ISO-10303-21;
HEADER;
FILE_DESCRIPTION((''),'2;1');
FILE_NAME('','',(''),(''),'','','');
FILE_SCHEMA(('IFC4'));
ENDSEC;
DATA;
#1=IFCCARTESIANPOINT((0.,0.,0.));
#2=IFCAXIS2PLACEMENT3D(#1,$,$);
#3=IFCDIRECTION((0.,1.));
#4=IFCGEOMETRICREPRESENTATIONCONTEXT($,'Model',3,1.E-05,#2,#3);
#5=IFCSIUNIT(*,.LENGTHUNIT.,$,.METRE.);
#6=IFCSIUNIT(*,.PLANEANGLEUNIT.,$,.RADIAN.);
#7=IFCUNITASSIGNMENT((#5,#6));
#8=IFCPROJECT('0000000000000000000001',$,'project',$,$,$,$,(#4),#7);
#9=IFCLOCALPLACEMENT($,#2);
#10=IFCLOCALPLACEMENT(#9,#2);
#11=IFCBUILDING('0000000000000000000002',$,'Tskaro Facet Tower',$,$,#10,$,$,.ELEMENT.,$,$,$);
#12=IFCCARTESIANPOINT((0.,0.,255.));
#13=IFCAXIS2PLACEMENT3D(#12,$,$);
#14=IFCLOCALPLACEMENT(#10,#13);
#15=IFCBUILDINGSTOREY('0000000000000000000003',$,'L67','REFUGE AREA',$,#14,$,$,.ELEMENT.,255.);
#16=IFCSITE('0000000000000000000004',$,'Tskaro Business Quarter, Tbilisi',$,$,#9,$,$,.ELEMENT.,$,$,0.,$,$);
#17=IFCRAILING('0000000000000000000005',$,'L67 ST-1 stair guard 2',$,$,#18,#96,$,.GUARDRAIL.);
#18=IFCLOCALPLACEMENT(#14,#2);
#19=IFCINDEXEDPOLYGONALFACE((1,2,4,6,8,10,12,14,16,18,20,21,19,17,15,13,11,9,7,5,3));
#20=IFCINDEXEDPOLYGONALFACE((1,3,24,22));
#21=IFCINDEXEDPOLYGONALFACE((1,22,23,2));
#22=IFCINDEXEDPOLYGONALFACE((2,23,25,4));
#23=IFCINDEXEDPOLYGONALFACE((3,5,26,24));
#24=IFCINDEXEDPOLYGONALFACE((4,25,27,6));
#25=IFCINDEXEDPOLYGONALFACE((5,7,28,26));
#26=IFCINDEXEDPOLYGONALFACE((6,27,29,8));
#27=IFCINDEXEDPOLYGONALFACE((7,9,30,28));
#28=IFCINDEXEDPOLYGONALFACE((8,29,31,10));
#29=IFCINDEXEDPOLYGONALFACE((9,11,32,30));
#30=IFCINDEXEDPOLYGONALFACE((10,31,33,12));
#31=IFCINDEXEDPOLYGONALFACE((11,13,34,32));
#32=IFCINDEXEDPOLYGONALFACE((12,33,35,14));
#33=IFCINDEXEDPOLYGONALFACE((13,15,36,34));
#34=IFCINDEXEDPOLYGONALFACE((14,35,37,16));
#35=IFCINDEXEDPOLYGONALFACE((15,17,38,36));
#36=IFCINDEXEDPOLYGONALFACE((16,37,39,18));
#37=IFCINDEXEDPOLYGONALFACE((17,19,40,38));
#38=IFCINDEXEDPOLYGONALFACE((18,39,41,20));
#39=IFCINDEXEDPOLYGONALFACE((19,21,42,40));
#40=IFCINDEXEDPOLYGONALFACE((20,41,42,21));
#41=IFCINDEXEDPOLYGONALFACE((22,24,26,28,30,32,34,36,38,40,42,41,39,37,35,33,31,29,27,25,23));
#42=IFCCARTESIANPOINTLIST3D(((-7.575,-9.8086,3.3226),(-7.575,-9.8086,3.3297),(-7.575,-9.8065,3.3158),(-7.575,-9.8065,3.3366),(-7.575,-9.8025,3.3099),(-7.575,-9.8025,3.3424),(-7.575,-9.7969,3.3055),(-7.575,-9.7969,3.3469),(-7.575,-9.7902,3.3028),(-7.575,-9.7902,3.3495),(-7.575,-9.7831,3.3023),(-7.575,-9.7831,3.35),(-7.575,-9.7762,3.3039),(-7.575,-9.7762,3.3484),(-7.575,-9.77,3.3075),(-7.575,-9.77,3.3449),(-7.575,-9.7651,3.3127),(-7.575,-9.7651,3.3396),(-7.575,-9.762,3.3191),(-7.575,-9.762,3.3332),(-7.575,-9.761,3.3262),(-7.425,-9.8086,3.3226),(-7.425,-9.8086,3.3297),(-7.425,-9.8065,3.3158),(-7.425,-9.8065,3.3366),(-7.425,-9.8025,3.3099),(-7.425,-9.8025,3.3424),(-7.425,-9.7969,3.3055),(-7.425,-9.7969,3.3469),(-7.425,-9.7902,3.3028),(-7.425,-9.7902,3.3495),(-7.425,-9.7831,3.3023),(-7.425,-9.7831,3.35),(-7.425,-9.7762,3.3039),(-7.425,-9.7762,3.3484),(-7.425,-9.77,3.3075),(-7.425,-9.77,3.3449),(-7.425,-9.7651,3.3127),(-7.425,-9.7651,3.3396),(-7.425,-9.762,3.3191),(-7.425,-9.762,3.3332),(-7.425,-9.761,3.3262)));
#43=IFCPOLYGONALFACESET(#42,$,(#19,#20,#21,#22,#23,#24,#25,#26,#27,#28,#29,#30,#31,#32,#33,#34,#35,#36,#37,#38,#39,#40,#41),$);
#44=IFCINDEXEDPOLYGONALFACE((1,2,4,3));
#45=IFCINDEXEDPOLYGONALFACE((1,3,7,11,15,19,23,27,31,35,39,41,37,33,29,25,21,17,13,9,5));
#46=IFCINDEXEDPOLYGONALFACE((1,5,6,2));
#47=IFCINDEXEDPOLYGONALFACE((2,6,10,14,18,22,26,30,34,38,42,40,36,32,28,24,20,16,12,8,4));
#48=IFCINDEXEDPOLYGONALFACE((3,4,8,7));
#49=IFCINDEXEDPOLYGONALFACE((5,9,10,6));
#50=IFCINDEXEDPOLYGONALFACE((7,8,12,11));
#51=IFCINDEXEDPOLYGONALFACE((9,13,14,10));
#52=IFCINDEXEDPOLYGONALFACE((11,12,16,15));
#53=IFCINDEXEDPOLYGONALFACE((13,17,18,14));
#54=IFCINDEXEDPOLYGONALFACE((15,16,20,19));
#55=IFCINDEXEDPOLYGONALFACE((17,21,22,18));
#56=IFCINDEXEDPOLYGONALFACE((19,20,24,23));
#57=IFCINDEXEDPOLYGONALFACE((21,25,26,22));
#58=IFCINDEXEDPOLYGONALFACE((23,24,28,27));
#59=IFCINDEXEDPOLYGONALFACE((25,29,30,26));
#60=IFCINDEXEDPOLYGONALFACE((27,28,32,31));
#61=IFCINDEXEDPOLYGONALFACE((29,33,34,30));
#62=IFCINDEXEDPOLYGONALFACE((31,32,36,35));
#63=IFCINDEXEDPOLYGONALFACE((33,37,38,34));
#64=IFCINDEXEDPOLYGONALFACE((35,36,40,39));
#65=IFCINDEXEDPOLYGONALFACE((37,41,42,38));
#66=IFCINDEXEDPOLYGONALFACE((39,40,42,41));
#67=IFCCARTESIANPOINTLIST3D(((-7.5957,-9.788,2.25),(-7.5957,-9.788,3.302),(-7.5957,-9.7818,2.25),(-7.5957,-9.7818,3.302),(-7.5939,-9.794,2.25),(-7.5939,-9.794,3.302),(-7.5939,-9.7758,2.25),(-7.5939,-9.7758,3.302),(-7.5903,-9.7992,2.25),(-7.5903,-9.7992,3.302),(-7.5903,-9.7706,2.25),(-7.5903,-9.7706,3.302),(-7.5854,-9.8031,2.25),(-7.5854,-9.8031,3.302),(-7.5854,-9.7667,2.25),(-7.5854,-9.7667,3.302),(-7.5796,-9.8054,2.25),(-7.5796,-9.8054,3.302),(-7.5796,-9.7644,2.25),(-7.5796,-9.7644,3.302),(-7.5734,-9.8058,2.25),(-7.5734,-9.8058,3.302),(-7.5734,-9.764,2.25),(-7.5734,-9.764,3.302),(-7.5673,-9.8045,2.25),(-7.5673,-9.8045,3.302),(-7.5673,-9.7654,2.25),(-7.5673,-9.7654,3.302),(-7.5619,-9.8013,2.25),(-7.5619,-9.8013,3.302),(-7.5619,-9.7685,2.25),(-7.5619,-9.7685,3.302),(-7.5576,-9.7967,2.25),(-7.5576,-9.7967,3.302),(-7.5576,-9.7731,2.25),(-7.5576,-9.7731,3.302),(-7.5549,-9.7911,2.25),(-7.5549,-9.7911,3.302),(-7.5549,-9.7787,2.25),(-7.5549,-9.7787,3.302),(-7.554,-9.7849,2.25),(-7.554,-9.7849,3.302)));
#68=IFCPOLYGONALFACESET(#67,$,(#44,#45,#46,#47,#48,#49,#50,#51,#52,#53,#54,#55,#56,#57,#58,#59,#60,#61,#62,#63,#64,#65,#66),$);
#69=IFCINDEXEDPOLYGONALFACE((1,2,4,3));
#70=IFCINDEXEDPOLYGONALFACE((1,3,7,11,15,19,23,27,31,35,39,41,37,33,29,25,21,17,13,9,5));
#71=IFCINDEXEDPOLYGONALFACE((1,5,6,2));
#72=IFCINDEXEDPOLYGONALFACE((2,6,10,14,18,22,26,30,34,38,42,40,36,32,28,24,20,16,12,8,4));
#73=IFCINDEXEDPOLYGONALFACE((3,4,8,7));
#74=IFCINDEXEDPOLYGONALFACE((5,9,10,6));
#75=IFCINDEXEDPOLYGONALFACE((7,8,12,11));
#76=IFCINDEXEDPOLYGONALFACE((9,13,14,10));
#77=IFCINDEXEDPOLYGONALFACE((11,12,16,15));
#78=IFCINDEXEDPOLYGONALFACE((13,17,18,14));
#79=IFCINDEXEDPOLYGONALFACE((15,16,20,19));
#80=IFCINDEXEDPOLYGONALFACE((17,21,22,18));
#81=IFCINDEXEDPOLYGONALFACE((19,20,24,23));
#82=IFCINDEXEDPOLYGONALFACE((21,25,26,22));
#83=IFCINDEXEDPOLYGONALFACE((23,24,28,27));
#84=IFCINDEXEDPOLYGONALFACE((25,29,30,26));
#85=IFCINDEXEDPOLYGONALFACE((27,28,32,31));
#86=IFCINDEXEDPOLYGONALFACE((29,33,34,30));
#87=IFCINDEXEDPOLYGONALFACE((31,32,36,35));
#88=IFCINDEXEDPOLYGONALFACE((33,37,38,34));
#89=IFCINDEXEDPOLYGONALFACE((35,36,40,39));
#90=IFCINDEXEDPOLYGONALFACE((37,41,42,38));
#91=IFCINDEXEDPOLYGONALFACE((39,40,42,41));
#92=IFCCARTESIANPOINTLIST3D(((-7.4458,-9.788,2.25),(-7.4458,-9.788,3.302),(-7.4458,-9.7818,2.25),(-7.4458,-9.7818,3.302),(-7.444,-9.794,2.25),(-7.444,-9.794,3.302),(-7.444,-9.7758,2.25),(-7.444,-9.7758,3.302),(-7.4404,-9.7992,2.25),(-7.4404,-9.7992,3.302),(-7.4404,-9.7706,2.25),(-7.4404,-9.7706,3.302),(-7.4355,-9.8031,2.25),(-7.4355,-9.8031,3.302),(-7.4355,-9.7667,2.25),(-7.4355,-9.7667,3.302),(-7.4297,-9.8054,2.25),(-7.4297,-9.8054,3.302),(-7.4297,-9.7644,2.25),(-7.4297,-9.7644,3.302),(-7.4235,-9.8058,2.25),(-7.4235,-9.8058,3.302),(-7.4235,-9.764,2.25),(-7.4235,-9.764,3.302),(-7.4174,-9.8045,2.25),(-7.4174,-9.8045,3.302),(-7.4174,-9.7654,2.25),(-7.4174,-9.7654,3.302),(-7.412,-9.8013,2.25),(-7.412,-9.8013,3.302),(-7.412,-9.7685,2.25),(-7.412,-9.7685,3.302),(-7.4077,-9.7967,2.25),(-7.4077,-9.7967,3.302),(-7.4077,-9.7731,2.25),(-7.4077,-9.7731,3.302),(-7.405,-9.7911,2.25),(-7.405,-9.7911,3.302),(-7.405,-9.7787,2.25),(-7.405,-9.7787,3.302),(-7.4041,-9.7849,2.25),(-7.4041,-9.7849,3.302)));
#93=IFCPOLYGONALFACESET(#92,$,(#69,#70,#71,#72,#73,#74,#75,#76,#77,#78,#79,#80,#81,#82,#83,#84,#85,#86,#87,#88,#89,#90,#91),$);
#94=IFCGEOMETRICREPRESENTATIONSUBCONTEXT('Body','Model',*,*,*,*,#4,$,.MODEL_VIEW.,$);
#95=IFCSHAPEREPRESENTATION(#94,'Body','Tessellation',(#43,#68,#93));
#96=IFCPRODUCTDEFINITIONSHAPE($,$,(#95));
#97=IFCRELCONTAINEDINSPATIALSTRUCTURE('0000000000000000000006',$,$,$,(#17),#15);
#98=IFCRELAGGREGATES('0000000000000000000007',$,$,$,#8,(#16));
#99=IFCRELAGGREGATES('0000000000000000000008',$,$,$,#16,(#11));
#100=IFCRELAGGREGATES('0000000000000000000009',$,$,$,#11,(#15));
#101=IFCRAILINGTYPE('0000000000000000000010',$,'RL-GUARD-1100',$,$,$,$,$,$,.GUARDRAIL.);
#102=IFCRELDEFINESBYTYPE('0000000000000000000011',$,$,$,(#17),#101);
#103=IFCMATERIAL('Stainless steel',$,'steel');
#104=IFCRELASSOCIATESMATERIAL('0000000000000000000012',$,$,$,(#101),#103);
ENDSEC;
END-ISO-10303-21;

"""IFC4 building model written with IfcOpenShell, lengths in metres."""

from ifc_helpers import new_model, si_unit, direction, frame, origin, origin_2d, place, context, subcontext, project, spatial, circle, extrude, material, type_object, element, save


model = new_model("IFC4")

# Units and contexts
model_context = context("Model", 3, precision=1e-05, world=origin(), true_north=direction((0.0, 1.0)))
body_context = subcontext(model_context, "Body", "Model", "MODEL_VIEW")
ifc_project = project(units=[si_unit("LENGTHUNIT", "METRE"), si_unit("PLANEANGLEUNIT", "RADIAN")], contexts=[model_context])

# Site, building, storey
site_placement = place(None, origin())
site = spatial("IfcSite", under=ifc_project, at=site_placement, Name="Tskaro Business Quarter, Tbilisi", CompositionType="ELEMENT", RefElevation=0.0)
building_placement = place(site_placement, origin())
building = spatial("IfcBuilding", under=site, at=building_placement, Name="Tskaro Facet Tower", CompositionType="ELEMENT")
storey_placement = place(building_placement, frame((0.0, 0.0, 255.0)))
storey = spatial("IfcBuildingStorey", under=building, at=storey_placement, Name="L67", Description="REFUGE AREA", CompositionType="ELEMENT", Elevation=255.0)

# Shared definitions
ifc_material_1 = material(Name="Stainless steel", Category="steel")

# Railing
railing_type_1 = type_object("IfcRailingType", Name="RL-GUARD-1100", PredefinedType="GUARDRAIL", material=ifc_material_1)
railing_1_placement = place(storey_placement, frame((-7.575, -9.7849, 2.25)))
element("IfcRailing", 1, at=railing_1_placement, inside=storey, type_object=railing_type_1, Name="L67 ST-1 stair guard 2", PredefinedType="GUARDRAIL", context=body_context, shape_type="SweptSolid", body=[
    extrude(circle(Radius=0.0239, at=origin_2d()), frame((0.0, 0.0, 1.0762), z_axis=(1.0, 0.0, 0.0), x_axis=(0.0, 1.0, 0.0)), (0.0, 0.0, 1.0), 0.1499),
    extrude(circle(Radius=0.021, at=origin_2d()), origin(), (0.0, 0.0, 1.0), 1.052),
    extrude(circle(Radius=0.021, at=origin_2d()), frame((0.1499, 0.0, 0.0)), (0.0, 0.0, 1.0), 1.052),
])

save(model, "model.ifc")
